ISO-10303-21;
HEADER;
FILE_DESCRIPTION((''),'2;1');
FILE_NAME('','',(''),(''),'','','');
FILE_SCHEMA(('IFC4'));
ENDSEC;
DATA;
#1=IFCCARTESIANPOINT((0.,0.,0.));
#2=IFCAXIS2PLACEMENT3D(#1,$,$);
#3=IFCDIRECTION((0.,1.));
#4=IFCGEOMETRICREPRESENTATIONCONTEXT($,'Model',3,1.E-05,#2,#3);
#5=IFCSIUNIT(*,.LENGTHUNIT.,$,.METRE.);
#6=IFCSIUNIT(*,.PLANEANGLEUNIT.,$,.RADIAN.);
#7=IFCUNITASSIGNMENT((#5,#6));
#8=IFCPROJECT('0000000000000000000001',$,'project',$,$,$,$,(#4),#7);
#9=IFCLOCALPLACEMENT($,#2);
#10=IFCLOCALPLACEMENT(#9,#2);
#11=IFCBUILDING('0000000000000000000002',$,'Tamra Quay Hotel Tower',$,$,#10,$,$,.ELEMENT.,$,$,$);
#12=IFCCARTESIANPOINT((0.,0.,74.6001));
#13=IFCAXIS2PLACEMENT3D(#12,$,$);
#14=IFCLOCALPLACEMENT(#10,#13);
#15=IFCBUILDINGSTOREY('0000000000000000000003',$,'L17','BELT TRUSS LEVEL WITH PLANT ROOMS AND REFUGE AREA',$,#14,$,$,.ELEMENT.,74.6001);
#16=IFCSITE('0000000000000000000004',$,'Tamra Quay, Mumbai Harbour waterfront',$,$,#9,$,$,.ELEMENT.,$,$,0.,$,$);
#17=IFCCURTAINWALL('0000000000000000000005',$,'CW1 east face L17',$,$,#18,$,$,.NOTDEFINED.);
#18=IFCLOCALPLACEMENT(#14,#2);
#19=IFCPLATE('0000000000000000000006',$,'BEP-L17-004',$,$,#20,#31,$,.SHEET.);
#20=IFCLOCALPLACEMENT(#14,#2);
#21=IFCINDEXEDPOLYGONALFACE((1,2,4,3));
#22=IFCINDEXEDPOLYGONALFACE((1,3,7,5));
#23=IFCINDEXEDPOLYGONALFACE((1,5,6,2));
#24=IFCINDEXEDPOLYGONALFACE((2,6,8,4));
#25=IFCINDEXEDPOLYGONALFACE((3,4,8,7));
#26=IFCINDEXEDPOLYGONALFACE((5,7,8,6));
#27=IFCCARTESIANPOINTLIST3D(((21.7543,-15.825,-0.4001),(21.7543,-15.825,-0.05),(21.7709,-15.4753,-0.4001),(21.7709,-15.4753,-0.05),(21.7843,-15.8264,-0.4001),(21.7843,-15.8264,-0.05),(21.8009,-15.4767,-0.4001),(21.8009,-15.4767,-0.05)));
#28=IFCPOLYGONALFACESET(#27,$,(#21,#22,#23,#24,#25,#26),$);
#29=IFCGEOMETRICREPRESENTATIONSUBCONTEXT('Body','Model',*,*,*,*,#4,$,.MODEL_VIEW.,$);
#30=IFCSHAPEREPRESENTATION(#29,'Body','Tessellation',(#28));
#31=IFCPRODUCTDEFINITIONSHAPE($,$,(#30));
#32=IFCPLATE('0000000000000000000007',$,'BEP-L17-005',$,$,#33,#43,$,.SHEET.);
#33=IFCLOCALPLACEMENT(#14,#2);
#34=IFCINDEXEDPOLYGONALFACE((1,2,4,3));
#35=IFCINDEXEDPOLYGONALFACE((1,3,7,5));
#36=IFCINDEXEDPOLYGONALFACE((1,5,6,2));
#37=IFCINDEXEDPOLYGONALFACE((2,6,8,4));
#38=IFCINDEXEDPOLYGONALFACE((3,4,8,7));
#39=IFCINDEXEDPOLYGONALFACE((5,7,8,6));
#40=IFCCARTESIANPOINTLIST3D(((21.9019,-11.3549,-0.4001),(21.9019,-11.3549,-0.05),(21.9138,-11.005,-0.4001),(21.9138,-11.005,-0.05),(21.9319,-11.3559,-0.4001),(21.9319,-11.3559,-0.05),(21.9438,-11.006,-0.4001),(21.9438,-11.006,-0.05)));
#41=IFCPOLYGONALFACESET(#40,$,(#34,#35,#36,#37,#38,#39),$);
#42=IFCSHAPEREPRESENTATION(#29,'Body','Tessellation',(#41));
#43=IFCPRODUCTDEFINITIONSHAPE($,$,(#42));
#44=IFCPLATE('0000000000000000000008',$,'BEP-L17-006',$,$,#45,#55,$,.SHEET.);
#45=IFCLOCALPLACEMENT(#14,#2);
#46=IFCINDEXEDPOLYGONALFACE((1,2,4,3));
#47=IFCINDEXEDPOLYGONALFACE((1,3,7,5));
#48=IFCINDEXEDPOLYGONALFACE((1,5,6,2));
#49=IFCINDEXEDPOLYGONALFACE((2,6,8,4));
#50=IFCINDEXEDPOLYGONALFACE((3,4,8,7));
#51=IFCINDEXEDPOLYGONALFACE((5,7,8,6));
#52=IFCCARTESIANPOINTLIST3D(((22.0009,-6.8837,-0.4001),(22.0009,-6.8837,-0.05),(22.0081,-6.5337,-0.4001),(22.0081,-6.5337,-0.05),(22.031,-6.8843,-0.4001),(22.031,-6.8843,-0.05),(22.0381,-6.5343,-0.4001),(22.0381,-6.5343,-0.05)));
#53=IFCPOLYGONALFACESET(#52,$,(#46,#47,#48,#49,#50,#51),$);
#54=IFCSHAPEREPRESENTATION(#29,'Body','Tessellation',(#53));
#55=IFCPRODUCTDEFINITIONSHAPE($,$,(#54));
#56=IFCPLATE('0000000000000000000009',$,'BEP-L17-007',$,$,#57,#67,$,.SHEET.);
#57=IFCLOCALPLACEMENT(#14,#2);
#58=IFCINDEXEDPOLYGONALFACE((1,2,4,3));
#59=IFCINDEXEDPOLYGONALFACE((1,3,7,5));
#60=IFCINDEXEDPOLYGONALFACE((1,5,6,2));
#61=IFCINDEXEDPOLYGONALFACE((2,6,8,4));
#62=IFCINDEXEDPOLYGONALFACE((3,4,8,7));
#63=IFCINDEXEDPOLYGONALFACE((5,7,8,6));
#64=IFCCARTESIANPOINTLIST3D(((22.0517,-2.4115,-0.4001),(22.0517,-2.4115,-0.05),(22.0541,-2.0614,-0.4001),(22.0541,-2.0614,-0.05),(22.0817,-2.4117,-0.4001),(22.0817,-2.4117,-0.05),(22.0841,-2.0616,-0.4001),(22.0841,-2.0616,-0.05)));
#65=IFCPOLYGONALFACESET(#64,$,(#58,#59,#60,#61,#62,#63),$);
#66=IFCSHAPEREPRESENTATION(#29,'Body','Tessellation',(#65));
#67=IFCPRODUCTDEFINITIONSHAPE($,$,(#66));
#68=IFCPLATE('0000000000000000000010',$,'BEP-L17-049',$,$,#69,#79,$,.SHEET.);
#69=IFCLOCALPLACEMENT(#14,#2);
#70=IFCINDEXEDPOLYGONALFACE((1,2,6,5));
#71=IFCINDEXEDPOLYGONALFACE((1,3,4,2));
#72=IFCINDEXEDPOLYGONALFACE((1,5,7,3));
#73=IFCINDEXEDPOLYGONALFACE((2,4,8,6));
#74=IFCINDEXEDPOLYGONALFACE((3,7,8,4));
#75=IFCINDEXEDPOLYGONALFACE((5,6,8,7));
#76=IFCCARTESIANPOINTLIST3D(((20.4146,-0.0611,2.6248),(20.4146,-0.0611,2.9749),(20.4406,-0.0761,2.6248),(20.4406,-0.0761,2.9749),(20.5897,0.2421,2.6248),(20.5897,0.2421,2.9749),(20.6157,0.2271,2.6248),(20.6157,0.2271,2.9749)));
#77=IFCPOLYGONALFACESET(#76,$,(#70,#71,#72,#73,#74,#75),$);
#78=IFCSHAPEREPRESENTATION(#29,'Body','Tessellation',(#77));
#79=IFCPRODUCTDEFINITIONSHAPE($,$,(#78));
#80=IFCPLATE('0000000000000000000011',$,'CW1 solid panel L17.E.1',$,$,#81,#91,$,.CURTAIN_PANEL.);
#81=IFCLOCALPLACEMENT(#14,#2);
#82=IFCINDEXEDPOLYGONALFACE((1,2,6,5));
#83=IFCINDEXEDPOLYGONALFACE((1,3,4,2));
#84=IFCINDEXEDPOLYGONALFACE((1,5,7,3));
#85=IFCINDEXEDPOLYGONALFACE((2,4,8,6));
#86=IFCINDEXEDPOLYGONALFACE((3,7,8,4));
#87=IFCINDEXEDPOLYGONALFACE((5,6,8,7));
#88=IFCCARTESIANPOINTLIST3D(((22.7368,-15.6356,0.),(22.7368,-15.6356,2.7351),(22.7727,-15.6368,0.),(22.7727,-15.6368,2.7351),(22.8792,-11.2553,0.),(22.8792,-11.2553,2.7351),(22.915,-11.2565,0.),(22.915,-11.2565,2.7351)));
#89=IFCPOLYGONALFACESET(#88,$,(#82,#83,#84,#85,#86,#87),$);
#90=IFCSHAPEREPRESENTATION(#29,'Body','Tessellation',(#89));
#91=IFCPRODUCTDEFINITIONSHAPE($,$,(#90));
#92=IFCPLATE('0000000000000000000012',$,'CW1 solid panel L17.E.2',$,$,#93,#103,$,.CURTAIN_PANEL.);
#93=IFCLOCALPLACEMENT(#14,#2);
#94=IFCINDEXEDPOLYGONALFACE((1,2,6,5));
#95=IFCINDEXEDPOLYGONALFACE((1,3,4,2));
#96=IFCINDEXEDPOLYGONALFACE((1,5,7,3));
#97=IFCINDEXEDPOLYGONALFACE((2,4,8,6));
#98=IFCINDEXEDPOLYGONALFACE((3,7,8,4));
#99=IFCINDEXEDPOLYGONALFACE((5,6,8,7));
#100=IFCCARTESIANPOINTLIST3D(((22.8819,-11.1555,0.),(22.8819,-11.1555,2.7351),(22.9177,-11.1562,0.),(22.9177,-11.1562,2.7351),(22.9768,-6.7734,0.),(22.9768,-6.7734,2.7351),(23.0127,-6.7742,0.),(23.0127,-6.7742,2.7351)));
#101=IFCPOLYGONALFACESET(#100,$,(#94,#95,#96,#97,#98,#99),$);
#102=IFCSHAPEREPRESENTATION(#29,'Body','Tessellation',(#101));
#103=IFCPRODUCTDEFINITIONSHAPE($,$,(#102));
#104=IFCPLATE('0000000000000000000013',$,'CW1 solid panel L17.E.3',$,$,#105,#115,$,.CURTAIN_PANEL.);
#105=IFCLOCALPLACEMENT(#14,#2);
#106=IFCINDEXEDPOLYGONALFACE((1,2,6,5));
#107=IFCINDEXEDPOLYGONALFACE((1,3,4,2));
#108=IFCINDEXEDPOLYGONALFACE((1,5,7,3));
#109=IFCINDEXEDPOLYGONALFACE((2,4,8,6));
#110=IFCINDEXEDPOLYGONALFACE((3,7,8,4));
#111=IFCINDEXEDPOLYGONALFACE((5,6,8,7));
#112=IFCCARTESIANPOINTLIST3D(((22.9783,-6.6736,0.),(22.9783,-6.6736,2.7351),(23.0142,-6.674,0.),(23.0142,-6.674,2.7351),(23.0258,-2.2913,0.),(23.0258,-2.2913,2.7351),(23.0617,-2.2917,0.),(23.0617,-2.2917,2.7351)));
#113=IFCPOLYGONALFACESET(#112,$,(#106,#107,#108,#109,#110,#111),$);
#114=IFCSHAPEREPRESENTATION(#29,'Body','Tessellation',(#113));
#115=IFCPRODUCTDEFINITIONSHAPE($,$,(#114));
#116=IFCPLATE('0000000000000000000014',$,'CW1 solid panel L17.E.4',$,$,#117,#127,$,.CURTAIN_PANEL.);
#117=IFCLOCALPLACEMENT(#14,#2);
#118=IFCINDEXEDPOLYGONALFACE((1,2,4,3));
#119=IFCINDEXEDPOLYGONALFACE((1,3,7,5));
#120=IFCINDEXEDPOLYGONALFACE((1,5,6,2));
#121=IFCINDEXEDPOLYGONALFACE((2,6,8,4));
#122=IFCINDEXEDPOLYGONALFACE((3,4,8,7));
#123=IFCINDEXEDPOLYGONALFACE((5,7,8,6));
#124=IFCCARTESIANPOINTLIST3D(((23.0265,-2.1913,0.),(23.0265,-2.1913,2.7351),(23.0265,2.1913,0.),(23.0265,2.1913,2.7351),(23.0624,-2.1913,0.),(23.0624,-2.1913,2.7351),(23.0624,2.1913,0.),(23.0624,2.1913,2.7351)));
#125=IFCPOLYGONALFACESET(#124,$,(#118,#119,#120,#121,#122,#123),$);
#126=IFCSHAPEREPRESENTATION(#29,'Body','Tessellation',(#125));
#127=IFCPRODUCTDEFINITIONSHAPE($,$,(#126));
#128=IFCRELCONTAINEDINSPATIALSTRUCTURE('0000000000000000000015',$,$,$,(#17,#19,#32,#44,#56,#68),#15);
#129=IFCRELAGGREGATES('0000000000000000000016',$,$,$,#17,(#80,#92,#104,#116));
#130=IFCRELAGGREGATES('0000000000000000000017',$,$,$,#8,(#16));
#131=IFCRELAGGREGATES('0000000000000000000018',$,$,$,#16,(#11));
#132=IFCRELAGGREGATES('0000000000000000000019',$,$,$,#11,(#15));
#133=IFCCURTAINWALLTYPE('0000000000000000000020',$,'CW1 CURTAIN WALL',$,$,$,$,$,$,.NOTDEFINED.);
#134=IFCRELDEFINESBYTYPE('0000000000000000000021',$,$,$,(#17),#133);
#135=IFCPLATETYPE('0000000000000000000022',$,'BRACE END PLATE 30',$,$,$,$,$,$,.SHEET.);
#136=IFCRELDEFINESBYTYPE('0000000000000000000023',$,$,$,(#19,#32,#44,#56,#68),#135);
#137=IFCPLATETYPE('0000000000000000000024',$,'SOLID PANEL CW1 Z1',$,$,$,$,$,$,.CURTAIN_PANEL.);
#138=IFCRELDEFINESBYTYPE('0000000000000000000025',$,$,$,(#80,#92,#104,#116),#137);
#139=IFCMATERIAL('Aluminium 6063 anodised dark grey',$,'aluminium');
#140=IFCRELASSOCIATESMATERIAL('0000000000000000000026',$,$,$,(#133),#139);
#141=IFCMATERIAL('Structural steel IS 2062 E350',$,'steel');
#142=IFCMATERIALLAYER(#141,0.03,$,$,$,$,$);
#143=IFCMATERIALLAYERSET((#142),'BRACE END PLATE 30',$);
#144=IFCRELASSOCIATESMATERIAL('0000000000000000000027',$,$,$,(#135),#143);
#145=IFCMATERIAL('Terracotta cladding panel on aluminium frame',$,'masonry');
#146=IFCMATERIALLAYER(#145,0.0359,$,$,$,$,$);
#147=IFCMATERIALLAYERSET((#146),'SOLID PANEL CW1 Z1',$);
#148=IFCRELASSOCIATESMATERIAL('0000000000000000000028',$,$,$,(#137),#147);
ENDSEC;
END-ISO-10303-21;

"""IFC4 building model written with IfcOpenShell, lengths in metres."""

from ifc_helpers import new_model, si_unit, direction, frame, origin, origin_2d, place, context, subcontext, project, spatial, rectangle, extrude, material, layer, layer_set, type_object, element, aggregate, save


model = new_model("IFC4")

# Units and contexts
model_context = context("Model", 3, precision=1e-05, world=origin(), true_north=direction((0.0, 1.0)))
body_context = subcontext(model_context, "Body", "Model", "MODEL_VIEW")
ifc_project = project(units=[si_unit("LENGTHUNIT", "METRE"), si_unit("PLANEANGLEUNIT", "RADIAN")], contexts=[model_context])

# Site, building, storey
site_placement = place(None, origin())
site = spatial("IfcSite", under=ifc_project, at=site_placement, Name="Tamra Quay, Mumbai Harbour waterfront", CompositionType="ELEMENT", RefElevation=0.0)
building_placement = place(site_placement, origin())
building = spatial("IfcBuilding", under=site, at=building_placement, Name="Tamra Quay Hotel Tower", CompositionType="ELEMENT")
storey_placement = place(building_placement, frame((0.0, 0.0, 74.6001)))
storey = spatial("IfcBuildingStorey", under=building, at=storey_placement, Name="L17", Description="BELT TRUSS LEVEL WITH PLANT ROOMS AND REFUGE AREA", CompositionType="ELEMENT", Elevation=74.6001)

# Shared definitions
ifc_material_1 = material(Name="Structural steel IS 2062 E350", Category="steel")

# Curtain wall
ifc_material_2 = material(Name="Aluminium 6063 anodised dark grey", Category="aluminium")
curtain_wall_type = type_object("IfcCurtainWallType", Name="CW1 CURTAIN WALL", PredefinedType="NOTDEFINED", material=ifc_material_2)
curtain_wall_placement = place(storey_placement, origin())
curtain_wall = element("IfcCurtainWall", 1, at=curtain_wall_placement, inside=storey, type_object=curtain_wall_type, Name="CW1 east face L17", PredefinedType="NOTDEFINED")

# Plates
ifc_layer_1 = layer(ifc_material_1, 0.03)
ifc_layer_set_1 = layer_set([ifc_layer_1], Name="BRACE END PLATE 30")
plate_type_1 = type_object("IfcPlateType", Name="BRACE END PLATE 30", PredefinedType="SHEET", material=ifc_layer_set_1)
for number, where, z_axis, x_axis, name in (
    (2, (21.7776, -15.6509, -0.4001), (0.0, 0.0, 1.0), (-0.998867, 0.047582, 0.0), "BEP-L17-004"),
    (3, (21.9229, -11.1804, -0.4001), (0.0, 0.0, 1.0), (-0.999423, 0.033973, 0.0), "BEP-L17-005"),
    (4, (22.0195, -6.709, -0.4001), (0.0, 0.0, 1.0), (-0.999791, 0.020454, 0.0), "BEP-L17-006"),
    (5, (22.0679, -2.2366, -0.4001), (0.0, 0.0, 1.0), (-0.999977, 0.006822, 0.0), "BEP-L17-007"),
    (6, (20.5151, 0.083, 2.6248), (0.0, 0.0, 1.0), (-0.866025, 0.5, 0.0), "BEP-L17-049"),
):
    element("IfcPlate", number, at=place(storey_placement, frame(where, z_axis=z_axis, x_axis=x_axis)), inside=storey, type_object=plate_type_1, Name=name, PredefinedType="SHEET", context=body_context, shape_type="SweptSolid", body=[
        extrude(rectangle(XDim=0.03, YDim=0.3501, at=origin_2d()), origin(), (0.0, 0.0, 1.0), 0.3501),
    ])

# Plates
ifc_material_3 = material(Name="Terracotta cladding panel on aluminium frame", Category="masonry")
ifc_layer_2 = layer(ifc_material_3, 0.0359)
ifc_layer_set_2 = layer_set([ifc_layer_2], Name="SOLID PANEL CW1 Z1")
plate_type_2 = type_object("IfcPlateType", Name="SOLID PANEL CW1 Z1", PredefinedType="CURTAIN_PANEL", material=ifc_layer_set_2)
plate_1_placement = place(storey_placement, frame((22.8259, -13.446, 0.0), z_axis=(0.0, 0.0, 1.0), x_axis=(0.032475, 0.999473, 0.0)))
plate_1 = element("IfcPlate", 7, at=plate_1_placement, type_object=plate_type_2, Name="CW1 solid panel L17.E.1", PredefinedType="CURTAIN_PANEL", context=body_context, shape_type="SweptSolid", body=[
    extrude(rectangle(XDim=4.3826, YDim=0.0359, at=origin_2d()), origin(), (0.0, 0.0, 1.0), 2.7351),
])
plate_2_placement = place(storey_placement, frame((22.9473, -8.9648, 0.0), z_axis=(0.0, 0.0, 1.0), x_axis=(0.021658, 0.999765, 0.0)))
plate_2 = element("IfcPlate", 8, at=plate_2_placement, type_object=plate_type_2, Name="CW1 solid panel L17.E.2", PredefinedType="CURTAIN_PANEL", context=body_context, shape_type="SweptSolid", body=[
    extrude(rectangle(XDim=4.3831, YDim=0.0359, at=origin_2d()), origin(), (0.0, 0.0, 1.0), 2.7351),
])
plate_3_placement = place(storey_placement, frame((23.02, -4.4827, 0.0), z_axis=(0.0, 0.0, 1.0), x_axis=(0.010837, 0.999941, 0.0)))
plate_3 = element("IfcPlate", 9, at=plate_3_placement, type_object=plate_type_2, Name="CW1 solid panel L17.E.3", PredefinedType="CURTAIN_PANEL", context=body_context, shape_type="SweptSolid", body=[
    extrude(rectangle(XDim=4.3826, YDim=0.0359, at=origin_2d()), origin(), (0.0, 0.0, 1.0), 2.7351),
])
plate_4_placement = place(storey_placement, frame((23.0444, 0.0, 0.0), z_axis=(0.0, 0.0, 1.0), x_axis=(0.0, 1.0, 0.0)))
plate_4 = element("IfcPlate", 10, at=plate_4_placement, type_object=plate_type_2, Name="CW1 solid panel L17.E.4", PredefinedType="CURTAIN_PANEL", context=body_context, shape_type="SweptSolid", body=[
    extrude(rectangle(XDim=4.3826, YDim=0.0359, at=origin_2d()), origin(), (0.0, 0.0, 1.0), 2.7351),
])
aggregate(curtain_wall, [plate_1, plate_2, plate_3, plate_4])

save(model, "model.ifc")
